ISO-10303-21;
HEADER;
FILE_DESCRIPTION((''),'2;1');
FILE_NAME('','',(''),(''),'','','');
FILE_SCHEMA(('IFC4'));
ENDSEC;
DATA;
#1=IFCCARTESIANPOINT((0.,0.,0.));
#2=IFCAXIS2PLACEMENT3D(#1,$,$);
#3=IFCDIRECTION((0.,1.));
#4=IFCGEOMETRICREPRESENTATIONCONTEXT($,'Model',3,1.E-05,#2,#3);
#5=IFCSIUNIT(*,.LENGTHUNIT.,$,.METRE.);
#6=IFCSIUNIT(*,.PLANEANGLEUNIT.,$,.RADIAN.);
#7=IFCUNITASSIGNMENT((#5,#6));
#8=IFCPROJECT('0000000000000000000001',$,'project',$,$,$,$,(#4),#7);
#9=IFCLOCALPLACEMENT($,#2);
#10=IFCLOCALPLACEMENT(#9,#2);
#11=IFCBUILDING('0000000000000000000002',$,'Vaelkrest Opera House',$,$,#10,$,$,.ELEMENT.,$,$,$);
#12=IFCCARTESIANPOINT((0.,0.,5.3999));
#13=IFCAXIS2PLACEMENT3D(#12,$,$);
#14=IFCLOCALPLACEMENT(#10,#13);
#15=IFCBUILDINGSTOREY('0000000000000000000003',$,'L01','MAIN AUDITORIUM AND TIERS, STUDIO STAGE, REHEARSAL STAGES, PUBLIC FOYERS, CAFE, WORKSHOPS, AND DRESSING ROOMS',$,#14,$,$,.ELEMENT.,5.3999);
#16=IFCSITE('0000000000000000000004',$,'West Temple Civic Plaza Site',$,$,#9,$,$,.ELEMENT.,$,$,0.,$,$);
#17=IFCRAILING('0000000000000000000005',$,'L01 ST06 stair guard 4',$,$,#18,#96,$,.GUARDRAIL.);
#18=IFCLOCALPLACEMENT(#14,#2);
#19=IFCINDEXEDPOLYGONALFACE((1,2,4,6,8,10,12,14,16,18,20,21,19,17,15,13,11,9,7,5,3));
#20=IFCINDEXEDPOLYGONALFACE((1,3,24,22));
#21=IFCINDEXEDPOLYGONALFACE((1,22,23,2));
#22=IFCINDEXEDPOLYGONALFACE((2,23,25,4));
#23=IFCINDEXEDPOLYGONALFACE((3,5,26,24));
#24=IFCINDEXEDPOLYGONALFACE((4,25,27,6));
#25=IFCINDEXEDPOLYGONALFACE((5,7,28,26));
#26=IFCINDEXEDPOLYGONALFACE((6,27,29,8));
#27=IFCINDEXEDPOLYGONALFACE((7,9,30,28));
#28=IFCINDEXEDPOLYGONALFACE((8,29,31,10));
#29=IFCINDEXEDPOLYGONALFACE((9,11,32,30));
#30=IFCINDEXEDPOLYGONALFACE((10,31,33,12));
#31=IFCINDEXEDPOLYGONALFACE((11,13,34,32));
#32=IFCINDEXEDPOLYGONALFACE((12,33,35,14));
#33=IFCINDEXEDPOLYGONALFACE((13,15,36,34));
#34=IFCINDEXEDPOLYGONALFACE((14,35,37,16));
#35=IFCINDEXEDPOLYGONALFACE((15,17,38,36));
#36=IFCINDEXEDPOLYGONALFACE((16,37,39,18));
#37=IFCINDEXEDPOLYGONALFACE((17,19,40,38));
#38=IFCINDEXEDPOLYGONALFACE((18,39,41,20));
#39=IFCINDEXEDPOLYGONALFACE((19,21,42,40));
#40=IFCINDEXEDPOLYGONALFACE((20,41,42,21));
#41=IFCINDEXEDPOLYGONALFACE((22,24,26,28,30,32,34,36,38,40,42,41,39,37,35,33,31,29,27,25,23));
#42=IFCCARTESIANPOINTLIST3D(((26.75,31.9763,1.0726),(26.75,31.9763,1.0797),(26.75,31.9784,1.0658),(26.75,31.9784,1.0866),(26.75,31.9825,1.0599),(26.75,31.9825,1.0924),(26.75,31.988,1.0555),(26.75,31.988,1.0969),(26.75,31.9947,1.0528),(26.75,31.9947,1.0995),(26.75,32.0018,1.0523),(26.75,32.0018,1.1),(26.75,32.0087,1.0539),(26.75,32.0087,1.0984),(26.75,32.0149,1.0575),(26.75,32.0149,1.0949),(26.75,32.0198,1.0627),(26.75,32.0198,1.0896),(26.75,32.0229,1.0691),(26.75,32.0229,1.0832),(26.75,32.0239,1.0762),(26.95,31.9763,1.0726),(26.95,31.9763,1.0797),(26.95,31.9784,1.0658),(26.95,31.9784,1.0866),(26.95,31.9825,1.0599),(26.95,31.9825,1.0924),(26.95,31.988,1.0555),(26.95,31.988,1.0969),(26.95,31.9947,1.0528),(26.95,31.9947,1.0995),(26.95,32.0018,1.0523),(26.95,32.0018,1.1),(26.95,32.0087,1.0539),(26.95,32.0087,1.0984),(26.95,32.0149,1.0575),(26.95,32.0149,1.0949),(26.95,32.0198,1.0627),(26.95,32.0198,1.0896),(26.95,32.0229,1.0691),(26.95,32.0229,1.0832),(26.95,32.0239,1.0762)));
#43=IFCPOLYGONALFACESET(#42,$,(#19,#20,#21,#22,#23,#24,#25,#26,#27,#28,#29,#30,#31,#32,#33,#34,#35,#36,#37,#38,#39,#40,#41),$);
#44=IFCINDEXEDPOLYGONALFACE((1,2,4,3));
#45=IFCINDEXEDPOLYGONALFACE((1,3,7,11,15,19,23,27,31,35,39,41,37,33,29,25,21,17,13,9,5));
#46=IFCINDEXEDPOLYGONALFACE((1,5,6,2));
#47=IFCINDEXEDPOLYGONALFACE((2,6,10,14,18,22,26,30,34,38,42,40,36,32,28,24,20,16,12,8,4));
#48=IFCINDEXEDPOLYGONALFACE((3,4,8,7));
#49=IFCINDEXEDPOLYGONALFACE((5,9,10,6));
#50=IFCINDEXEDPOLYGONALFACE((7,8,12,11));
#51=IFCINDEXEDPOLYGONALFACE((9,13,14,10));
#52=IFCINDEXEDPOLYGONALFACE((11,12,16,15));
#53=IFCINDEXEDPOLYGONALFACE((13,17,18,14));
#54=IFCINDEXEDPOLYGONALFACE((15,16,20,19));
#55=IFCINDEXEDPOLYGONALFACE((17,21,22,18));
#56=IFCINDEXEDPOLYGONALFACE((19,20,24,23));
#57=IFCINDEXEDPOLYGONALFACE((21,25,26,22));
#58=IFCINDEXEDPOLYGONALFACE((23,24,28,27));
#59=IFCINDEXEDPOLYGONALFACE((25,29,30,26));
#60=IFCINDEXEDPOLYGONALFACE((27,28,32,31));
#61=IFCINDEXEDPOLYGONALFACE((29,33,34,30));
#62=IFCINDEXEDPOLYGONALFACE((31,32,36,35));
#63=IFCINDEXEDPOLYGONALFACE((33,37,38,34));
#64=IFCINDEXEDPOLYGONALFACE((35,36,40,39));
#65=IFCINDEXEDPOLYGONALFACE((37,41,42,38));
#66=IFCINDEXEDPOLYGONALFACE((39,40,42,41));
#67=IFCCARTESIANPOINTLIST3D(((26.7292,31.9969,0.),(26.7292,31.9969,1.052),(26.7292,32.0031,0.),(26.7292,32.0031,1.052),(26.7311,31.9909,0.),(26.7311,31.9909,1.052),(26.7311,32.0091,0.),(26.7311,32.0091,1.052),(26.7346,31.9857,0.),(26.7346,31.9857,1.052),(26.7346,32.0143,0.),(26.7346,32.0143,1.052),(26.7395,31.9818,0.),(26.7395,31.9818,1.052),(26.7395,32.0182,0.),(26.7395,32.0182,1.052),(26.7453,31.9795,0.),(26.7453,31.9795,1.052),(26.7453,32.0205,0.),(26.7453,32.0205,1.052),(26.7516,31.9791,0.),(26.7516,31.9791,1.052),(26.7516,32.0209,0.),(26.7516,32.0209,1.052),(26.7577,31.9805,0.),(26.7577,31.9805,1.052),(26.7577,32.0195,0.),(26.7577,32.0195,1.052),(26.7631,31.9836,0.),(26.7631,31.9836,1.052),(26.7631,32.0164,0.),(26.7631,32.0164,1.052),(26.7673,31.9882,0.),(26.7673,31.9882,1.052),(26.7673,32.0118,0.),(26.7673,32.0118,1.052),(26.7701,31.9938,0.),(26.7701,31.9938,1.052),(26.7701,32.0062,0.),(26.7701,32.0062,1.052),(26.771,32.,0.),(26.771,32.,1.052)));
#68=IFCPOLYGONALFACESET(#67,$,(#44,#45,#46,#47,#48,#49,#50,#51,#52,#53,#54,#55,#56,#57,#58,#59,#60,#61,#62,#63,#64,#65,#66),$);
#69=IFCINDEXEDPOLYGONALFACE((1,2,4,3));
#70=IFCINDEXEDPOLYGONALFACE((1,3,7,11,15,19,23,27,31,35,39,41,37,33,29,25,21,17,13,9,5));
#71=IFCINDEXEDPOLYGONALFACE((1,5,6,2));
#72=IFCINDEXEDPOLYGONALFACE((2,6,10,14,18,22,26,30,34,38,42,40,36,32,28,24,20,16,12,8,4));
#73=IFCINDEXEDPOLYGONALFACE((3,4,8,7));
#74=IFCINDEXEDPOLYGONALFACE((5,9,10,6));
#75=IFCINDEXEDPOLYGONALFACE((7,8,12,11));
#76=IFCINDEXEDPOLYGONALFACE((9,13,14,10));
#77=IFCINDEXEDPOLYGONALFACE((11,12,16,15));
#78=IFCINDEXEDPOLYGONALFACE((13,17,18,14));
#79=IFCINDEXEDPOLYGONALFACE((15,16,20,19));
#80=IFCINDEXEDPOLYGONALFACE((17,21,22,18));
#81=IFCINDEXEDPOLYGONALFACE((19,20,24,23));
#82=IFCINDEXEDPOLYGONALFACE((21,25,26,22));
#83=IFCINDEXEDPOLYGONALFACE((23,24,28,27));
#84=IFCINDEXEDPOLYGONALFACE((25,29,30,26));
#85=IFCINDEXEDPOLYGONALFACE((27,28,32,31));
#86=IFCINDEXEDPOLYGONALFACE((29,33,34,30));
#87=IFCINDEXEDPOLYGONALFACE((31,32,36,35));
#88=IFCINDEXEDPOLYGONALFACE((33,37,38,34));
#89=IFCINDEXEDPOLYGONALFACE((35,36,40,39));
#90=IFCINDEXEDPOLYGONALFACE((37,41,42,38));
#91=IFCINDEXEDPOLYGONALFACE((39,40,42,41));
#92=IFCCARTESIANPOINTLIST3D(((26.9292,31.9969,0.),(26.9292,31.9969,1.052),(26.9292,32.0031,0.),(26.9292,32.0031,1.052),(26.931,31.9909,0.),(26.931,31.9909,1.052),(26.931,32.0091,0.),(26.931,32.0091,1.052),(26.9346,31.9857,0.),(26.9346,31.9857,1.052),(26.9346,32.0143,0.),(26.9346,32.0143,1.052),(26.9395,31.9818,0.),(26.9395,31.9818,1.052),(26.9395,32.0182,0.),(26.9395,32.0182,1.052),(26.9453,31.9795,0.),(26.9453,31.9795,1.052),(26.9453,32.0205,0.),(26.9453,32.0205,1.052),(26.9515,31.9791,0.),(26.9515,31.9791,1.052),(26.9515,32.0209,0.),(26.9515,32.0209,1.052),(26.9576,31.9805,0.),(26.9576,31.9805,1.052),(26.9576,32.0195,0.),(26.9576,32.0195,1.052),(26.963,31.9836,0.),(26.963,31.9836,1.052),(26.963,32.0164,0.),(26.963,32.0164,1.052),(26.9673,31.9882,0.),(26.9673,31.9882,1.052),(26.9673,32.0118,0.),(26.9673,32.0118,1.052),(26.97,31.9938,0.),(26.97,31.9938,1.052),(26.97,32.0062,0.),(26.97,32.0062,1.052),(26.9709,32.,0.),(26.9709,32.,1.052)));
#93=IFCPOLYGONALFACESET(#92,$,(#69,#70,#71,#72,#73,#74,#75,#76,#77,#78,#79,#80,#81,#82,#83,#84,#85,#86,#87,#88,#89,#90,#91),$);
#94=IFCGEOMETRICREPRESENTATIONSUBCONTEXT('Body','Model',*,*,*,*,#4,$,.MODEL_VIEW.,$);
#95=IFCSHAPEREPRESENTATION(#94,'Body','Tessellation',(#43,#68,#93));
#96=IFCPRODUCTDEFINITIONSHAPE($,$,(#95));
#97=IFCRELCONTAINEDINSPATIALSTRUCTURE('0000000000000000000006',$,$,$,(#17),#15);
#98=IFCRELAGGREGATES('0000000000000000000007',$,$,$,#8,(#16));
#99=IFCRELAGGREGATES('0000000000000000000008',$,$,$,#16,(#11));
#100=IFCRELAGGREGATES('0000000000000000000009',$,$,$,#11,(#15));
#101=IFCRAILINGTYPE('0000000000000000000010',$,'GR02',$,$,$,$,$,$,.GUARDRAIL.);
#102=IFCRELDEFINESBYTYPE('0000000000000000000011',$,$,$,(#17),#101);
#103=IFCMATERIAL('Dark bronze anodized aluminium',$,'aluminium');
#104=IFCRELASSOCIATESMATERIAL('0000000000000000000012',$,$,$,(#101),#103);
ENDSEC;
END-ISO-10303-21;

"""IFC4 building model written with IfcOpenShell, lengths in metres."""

from ifc_helpers import new_model, si_unit, direction, frame, origin, origin_2d, place, context, subcontext, project, spatial, circle, extrude, material, type_object, element, save


model = new_model("IFC4")

# Units and contexts
model_context = context("Model", 3, precision=1e-05, world=origin(), true_north=direction((0.0, 1.0)))
body_context = subcontext(model_context, "Body", "Model", "MODEL_VIEW")
ifc_project = project(units=[si_unit("LENGTHUNIT", "METRE"), si_unit("PLANEANGLEUNIT", "RADIAN")], contexts=[model_context])

# Site, building, storey
site_placement = place(None, origin())
site = spatial("IfcSite", under=ifc_project, at=site_placement, Name="West Temple Civic Plaza Site", CompositionType="ELEMENT", RefElevation=0.0)
building_placement = place(site_placement, origin())
building = spatial("IfcBuilding", under=site, at=building_placement, Name="Vaelkrest Opera House", CompositionType="ELEMENT")
storey_placement = place(building_placement, frame((0.0, 0.0, 5.3999)))
storey = spatial("IfcBuildingStorey", under=building, at=storey_placement, Name="L01", Description="MAIN AUDITORIUM AND TIERS, STUDIO STAGE, REHEARSAL STAGES, PUBLIC FOYERS, CAFE, WORKSHOPS, AND DRESSING ROOMS", CompositionType="ELEMENT", Elevation=5.3999)

# Railing
ifc_material_1 = material(Name="Dark bronze anodized aluminium", Category="aluminium")
railing_type = type_object("IfcRailingType", Name="GR02", PredefinedType="GUARDRAIL", material=ifc_material_1)
railing_1_placement = place(storey_placement, frame((26.75, 32.0, 0.0)))
element("IfcRailing", 1, at=railing_1_placement, inside=storey, type_object=railing_type, Name="L01 ST06 stair guard 4", PredefinedType="GUARDRAIL", context=body_context, shape_type="SweptSolid", body=[
    extrude(circle(Radius=0.0239, at=origin_2d()), frame((0.0, 0.0, 1.0762), z_axis=(1.0, 0.0, 0.0), x_axis=(0.0, 1.0, 0.0)), (0.0, 0.0, 1.0), 0.2),
    extrude(circle(Radius=0.021, at=origin_2d()), origin(), (0.0, 0.0, 1.0), 1.052),
    extrude(circle(Radius=0.021, at=origin_2d()), frame((0.2, 0.0, 0.0)), (0.0, 0.0, 1.0), 1.052),
])

save(model, "model.ifc")
